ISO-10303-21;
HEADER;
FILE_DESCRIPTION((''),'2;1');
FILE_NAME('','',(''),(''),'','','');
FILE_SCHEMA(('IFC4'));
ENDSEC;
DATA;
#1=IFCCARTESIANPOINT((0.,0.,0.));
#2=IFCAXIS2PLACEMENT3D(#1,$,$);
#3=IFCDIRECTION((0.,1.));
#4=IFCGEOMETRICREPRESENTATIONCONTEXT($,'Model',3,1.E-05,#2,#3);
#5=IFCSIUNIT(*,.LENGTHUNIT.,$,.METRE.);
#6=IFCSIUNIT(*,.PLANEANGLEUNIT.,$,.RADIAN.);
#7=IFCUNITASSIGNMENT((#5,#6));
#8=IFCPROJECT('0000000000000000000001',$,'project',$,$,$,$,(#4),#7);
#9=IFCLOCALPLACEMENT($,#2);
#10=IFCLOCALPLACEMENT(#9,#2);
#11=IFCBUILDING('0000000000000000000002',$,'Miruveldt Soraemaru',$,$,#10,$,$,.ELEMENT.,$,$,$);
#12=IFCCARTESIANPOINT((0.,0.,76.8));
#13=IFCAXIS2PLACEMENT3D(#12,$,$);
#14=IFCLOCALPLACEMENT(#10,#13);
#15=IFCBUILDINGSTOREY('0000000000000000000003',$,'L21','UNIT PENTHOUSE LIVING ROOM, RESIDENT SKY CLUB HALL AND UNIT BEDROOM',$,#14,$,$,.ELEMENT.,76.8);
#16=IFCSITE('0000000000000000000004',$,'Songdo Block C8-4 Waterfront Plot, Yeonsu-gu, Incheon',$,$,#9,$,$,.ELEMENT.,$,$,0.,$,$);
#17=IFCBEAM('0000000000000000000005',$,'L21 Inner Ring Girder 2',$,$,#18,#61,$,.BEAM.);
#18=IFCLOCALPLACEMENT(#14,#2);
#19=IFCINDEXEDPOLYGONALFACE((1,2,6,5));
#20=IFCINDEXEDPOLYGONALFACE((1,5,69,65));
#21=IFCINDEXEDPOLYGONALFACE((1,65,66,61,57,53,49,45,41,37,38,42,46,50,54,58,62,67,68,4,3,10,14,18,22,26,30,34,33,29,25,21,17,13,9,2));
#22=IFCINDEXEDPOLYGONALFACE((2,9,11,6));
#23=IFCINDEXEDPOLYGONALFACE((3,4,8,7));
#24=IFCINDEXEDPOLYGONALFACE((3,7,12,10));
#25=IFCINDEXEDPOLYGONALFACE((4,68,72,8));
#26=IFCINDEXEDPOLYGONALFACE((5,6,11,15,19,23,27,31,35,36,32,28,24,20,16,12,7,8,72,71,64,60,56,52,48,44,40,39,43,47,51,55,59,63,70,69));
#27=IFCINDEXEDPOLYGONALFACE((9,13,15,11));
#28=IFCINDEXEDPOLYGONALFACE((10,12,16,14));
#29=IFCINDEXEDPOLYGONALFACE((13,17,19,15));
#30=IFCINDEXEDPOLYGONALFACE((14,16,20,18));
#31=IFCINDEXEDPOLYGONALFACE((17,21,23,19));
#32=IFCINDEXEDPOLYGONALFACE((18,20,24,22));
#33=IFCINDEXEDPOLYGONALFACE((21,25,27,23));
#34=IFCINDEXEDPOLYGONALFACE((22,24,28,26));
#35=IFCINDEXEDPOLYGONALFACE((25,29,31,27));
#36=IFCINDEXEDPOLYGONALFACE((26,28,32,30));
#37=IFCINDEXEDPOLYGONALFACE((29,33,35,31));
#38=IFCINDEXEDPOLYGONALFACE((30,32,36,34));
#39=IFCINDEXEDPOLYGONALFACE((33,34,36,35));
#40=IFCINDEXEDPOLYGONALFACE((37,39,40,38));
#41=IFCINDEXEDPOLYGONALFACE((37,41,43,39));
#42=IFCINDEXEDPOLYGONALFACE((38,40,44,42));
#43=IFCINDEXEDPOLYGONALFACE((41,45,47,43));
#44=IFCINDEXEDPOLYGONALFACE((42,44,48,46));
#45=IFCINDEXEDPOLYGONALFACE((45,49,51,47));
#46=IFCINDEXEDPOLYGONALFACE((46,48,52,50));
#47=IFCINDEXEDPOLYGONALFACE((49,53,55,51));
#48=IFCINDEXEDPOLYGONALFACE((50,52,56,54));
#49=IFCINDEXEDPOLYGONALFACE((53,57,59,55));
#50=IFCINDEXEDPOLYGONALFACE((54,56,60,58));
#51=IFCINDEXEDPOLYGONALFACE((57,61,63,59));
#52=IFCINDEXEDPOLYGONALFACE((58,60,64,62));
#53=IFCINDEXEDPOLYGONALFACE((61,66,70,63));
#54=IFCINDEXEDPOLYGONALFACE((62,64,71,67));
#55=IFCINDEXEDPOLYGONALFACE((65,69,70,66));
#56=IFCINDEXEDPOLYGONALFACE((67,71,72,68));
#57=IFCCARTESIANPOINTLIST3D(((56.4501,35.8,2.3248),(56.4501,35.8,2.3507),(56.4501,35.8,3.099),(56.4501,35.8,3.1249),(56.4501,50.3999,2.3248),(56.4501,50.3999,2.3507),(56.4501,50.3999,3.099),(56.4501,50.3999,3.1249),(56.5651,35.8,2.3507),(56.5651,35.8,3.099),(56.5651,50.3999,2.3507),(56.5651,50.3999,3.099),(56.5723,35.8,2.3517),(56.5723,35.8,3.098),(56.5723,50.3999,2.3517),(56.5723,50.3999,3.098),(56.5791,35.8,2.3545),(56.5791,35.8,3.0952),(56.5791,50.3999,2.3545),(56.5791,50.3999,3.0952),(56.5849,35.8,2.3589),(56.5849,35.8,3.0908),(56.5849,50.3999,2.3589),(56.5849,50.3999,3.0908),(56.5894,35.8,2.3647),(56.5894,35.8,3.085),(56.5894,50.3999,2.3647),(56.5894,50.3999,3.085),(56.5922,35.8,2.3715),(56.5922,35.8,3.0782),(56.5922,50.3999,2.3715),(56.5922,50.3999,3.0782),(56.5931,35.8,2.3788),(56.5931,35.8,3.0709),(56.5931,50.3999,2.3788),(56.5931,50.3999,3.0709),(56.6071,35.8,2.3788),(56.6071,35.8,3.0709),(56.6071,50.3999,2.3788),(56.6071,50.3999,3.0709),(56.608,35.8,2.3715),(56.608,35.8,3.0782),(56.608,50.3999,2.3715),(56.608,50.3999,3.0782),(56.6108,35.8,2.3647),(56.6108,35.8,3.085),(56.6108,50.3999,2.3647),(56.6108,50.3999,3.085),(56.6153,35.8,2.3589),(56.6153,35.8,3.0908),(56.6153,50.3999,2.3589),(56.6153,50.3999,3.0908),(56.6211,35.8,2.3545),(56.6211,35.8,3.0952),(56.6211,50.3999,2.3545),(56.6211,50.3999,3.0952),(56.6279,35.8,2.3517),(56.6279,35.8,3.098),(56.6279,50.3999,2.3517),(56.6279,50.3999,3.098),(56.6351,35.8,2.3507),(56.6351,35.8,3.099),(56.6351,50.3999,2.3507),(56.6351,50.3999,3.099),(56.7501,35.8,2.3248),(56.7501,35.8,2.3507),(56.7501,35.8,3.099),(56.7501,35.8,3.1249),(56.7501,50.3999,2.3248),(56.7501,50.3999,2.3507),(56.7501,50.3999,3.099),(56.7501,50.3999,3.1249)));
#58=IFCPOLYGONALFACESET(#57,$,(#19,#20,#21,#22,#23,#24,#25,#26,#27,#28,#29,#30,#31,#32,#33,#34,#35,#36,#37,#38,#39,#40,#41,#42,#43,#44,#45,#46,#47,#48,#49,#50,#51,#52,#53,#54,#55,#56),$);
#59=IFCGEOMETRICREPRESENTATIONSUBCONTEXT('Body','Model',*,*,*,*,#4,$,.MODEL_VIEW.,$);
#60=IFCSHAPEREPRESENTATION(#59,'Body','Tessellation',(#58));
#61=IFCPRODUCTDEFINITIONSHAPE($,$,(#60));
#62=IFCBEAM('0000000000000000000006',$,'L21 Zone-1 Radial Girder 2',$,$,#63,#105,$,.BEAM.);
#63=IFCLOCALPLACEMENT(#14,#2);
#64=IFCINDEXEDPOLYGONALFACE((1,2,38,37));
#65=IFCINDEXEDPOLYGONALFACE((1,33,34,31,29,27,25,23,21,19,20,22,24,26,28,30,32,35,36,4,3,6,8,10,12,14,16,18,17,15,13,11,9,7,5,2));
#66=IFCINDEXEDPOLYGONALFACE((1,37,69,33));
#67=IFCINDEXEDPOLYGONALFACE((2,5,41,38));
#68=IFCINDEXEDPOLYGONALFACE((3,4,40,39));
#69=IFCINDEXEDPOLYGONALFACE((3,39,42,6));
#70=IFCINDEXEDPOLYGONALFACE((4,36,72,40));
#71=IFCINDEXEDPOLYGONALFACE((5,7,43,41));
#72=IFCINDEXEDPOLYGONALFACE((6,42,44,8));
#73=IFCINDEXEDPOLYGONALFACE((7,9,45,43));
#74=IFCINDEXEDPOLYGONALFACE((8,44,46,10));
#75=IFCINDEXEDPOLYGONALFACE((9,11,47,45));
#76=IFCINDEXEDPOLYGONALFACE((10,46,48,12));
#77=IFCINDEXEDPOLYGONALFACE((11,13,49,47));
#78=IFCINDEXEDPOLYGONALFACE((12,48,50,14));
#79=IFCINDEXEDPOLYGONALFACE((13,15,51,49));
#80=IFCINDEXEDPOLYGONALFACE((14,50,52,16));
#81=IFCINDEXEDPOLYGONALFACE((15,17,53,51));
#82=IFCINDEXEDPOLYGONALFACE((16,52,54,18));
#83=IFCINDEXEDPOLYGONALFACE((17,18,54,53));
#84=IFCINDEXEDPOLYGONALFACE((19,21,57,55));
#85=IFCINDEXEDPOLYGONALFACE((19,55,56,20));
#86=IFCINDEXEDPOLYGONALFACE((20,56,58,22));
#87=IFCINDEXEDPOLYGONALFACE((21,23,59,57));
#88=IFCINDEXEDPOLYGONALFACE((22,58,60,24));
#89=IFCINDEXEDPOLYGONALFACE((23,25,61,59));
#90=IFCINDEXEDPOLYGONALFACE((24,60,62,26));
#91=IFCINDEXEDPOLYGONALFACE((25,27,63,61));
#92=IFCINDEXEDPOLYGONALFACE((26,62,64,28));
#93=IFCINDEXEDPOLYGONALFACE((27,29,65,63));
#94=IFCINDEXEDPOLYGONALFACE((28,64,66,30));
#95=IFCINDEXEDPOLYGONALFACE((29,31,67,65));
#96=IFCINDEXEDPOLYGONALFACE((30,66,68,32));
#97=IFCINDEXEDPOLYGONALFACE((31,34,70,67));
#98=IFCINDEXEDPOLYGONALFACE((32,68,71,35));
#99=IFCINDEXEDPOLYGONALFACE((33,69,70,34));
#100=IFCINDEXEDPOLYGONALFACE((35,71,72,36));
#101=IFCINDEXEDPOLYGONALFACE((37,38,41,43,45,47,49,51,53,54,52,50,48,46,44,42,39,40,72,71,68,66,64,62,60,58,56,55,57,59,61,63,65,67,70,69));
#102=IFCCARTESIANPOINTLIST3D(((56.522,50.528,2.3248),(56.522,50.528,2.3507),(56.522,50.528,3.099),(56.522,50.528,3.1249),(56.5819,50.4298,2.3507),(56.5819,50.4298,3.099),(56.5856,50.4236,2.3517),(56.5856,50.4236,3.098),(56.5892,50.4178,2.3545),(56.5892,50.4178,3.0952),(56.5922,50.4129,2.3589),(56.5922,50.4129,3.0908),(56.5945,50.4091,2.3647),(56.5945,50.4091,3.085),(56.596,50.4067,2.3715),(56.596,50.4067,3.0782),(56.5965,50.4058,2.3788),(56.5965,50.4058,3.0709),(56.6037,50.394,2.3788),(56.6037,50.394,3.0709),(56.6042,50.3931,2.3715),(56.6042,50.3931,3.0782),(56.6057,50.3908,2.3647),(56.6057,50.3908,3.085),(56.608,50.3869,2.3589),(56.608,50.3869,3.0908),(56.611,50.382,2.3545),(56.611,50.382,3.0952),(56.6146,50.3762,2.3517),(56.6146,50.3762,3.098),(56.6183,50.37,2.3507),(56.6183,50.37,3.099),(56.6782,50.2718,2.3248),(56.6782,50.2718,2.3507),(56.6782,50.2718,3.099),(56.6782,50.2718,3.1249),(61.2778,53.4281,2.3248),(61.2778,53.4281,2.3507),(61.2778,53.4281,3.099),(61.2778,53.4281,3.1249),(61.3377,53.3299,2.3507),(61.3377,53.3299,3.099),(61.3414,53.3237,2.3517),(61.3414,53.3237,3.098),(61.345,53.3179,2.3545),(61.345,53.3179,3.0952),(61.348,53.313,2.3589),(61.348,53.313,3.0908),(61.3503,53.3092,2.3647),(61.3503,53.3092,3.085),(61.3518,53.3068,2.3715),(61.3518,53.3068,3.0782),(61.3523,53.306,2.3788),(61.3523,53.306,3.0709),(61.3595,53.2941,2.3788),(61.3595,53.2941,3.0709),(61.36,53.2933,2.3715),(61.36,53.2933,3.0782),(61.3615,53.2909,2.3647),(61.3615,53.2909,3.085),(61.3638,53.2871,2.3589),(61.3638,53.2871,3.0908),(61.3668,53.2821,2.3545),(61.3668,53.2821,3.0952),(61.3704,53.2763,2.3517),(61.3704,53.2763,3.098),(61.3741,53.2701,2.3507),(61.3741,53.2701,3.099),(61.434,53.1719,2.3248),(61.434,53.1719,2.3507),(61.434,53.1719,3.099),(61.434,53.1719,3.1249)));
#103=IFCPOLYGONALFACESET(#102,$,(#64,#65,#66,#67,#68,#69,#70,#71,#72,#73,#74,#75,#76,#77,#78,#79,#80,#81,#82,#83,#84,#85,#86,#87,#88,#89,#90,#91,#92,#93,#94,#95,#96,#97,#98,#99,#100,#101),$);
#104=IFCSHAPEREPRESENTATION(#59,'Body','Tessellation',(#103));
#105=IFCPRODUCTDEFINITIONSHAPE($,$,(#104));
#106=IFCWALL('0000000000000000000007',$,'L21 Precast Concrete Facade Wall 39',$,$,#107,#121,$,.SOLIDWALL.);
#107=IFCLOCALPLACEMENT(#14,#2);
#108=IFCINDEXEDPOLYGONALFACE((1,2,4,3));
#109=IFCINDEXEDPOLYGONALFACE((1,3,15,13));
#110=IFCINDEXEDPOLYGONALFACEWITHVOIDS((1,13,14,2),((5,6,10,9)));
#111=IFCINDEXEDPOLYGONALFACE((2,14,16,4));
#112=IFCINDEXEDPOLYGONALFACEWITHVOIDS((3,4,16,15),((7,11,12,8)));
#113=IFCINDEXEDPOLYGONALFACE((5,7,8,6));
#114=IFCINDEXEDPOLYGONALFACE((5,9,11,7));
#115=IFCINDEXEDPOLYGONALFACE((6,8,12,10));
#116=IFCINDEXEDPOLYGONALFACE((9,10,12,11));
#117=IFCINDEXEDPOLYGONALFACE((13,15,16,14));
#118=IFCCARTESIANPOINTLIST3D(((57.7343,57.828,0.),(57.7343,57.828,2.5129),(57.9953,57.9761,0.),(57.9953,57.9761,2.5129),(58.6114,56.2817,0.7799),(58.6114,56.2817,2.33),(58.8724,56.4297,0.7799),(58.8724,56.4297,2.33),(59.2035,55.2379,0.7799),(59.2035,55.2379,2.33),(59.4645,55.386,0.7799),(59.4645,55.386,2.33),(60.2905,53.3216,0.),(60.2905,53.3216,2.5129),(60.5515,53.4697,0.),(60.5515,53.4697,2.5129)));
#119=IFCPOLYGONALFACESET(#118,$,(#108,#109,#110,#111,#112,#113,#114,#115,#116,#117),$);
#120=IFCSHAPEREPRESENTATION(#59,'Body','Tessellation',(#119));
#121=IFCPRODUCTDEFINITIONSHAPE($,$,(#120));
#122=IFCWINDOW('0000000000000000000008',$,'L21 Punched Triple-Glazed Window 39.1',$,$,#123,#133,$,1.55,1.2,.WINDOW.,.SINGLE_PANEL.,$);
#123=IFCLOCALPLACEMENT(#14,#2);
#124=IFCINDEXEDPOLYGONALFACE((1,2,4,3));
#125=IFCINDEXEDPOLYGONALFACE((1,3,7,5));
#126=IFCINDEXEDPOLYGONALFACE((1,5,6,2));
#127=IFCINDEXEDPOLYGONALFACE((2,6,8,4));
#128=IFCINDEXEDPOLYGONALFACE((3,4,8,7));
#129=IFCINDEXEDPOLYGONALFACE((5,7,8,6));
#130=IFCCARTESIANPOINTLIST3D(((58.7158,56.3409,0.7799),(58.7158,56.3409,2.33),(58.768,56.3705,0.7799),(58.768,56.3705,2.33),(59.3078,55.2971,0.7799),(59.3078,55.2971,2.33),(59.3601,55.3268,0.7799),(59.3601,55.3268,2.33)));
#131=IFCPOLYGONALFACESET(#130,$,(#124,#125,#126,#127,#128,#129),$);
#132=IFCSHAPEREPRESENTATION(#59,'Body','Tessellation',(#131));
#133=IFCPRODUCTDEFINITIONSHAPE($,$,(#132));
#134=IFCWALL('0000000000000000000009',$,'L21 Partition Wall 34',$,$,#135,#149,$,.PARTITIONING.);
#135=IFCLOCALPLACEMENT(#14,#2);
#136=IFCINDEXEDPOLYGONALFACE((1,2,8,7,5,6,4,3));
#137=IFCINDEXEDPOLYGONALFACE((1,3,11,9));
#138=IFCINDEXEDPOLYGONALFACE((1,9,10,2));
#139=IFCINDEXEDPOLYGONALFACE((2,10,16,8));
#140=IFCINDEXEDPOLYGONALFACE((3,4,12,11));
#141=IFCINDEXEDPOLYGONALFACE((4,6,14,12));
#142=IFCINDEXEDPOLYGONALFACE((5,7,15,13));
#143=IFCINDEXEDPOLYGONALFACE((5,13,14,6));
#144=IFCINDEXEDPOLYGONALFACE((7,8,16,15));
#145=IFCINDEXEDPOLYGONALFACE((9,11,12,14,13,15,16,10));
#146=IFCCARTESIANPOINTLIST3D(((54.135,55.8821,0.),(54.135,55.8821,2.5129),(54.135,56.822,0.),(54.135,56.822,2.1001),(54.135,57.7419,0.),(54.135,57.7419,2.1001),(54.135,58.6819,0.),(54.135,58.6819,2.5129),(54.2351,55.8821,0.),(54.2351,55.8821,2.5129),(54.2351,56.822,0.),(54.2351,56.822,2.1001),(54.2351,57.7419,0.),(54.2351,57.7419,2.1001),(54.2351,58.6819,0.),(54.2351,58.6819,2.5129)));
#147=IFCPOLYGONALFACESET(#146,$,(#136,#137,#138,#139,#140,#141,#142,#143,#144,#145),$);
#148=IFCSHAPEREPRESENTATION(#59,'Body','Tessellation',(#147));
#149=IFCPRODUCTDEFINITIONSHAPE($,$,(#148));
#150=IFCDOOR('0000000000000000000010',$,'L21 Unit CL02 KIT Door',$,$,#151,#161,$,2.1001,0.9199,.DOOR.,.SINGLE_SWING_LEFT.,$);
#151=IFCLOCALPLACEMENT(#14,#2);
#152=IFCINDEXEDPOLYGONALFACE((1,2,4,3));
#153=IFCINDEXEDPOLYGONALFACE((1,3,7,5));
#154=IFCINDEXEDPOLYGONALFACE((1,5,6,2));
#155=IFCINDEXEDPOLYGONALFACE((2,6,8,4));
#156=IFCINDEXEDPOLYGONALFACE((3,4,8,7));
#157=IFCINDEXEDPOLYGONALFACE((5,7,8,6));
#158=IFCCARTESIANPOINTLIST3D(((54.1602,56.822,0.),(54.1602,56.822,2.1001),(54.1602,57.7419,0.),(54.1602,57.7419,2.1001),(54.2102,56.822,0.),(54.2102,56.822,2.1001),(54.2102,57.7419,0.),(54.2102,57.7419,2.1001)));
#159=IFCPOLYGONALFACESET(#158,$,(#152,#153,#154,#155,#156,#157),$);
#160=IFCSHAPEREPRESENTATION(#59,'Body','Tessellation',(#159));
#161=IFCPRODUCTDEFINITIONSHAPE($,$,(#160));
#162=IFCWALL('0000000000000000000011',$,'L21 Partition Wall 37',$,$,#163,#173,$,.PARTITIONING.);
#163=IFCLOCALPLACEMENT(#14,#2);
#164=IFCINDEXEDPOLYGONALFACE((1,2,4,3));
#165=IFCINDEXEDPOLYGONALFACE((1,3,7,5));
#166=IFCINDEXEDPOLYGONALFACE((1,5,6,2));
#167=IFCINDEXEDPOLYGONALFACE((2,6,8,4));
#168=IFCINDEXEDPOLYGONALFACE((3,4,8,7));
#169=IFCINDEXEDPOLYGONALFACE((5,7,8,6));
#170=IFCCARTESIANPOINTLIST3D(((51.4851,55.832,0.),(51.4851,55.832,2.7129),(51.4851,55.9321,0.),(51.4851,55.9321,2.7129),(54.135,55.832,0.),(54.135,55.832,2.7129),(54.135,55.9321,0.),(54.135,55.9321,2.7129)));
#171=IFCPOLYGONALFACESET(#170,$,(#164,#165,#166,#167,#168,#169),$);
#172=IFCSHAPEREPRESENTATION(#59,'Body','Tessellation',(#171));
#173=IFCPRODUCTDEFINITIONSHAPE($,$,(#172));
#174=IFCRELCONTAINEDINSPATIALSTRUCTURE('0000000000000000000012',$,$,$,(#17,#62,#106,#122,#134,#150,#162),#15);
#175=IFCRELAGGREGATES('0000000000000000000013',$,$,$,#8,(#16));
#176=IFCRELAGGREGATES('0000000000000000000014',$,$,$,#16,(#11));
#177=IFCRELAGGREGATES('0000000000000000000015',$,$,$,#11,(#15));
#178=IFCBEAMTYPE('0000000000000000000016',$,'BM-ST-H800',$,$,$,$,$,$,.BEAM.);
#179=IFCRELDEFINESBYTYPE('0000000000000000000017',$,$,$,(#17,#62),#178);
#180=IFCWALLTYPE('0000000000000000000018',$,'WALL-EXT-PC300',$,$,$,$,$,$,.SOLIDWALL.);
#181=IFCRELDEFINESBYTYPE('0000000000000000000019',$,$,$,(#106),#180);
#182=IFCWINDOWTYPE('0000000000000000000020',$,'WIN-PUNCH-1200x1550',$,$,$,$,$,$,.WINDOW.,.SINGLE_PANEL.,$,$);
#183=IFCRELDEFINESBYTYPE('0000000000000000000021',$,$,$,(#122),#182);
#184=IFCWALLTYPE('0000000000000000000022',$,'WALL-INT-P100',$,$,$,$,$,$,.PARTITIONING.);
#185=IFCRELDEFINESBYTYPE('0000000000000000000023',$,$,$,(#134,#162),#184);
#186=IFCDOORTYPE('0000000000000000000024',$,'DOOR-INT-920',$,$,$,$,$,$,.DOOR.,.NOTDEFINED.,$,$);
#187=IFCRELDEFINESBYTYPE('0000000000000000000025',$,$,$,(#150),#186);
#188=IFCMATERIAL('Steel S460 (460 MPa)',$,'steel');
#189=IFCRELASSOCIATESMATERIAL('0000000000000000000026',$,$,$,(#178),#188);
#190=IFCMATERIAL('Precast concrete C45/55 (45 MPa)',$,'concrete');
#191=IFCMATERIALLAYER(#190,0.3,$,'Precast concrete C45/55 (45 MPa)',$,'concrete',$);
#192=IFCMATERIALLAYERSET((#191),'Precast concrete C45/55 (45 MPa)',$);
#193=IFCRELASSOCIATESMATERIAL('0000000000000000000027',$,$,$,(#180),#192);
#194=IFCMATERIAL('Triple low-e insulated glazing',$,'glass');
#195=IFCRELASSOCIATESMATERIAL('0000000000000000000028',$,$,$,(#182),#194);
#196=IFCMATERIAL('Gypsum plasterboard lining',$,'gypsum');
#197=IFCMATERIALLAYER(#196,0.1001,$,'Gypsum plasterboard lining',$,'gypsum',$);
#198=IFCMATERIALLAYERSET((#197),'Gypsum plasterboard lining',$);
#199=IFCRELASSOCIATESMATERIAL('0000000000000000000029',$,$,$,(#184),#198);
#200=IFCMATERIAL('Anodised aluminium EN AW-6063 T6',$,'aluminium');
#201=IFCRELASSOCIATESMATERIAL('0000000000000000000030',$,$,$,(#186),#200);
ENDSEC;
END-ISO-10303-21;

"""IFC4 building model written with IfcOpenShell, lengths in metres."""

from ifc_helpers import new_model, si_unit, direction, frame, frame_2d, origin, origin_2d, place, context, subcontext, project, spatial, rectangle, i_section, extrude, material, layer, layer_set, material_profile, profile_set, type_object, element, fill, save


model = new_model("IFC4")

# Units and contexts
model_context = context("Model", 3, precision=1e-05, world=origin(), true_north=direction((0.0, 1.0)))
body_context = subcontext(model_context, "Body", "Model", "MODEL_VIEW")
ifc_project = project(units=[si_unit("LENGTHUNIT", "METRE"), si_unit("PLANEANGLEUNIT", "RADIAN")], contexts=[model_context])

# Site, building, storey
site_placement = place(None, origin())
site = spatial("IfcSite", under=ifc_project, at=site_placement, Name="Songdo Block C8-4 Waterfront Plot, Yeonsu-gu, Incheon", CompositionType="ELEMENT", RefElevation=0.0)
building_placement = place(site_placement, origin())
building = spatial("IfcBuilding", under=site, at=building_placement, Name="Miruveldt Soraemaru", CompositionType="ELEMENT")
storey_placement = place(building_placement, frame((0.0, 0.0, 76.8)))
storey = spatial("IfcBuildingStorey", under=building, at=storey_placement, Name="L21", Description="UNIT PENTHOUSE LIVING ROOM, RESIDENT SKY CLUB HALL AND UNIT BEDROOM", CompositionType="ELEMENT", Elevation=76.8)

# Beams
ifc_material_1 = material(Name="Steel S460 (460 MPa)", Category="steel")
ifc_material_profile_1 = material_profile(ifc_material_1, i_section(OverallWidth=0.3, OverallDepth=0.8, WebThickness=0.0139, FlangeThickness=0.0259, FilletRadius=0.0281, at=origin_2d()), Name="Steel S460 (460 MPa)", Category="steel")
ifc_profile_set_1 = profile_set([ifc_material_profile_1], Name="Steel S460 (460 MPa)")
beam_type_1 = type_object("IfcBeamType", Name="BM-ST-H800", PredefinedType="BEAM", material=ifc_profile_set_1)
beam_1_placement = place(storey_placement, frame((56.6001, 50.3999, 2.7249), z_axis=(0.0, -1.0, 0.0), x_axis=(1.0, 0.0, 0.0)))
element("IfcBeam", 1, at=beam_1_placement, inside=storey, type_object=beam_type_1, Name="L21 Inner Ring Girder 2", PredefinedType="BEAM", context=body_context, shape_type="SweptSolid", body=[
    extrude(i_section(OverallWidth=0.3, OverallDepth=0.8, WebThickness=0.0139, FlangeThickness=0.0259, FilletRadius=0.0281, at=origin_2d()), origin(), (0.0, 0.0, 1.0), 14.5999),
])
beam_2_placement = place(storey_placement, frame((56.6001, 50.3999, 2.7249), z_axis=(0.853778, 0.520638, 0.0), x_axis=(-0.520638, 0.853778, 0.0)))
element("IfcBeam", 2, at=beam_2_placement, inside=storey, type_object=beam_type_1, Name="L21 Zone-1 Radial Girder 2", PredefinedType="BEAM", context=body_context, shape_type="SweptSolid", body=[
    extrude(i_section(OverallWidth=0.3, OverallDepth=0.8, WebThickness=0.0139, FlangeThickness=0.0259, FilletRadius=0.0281, at=origin_2d()), origin(), (0.0, 0.0, 1.0), 5.5703),
])

# Wall, opening, window
ifc_material_2 = material(Name="Precast concrete C45/55 (45 MPa)", Category="concrete")
ifc_layer_1 = layer(ifc_material_2, 0.3, Name="Precast concrete C45/55 (45 MPa)", Category="concrete")
ifc_layer_set_1 = layer_set([ifc_layer_1], Name="Precast concrete C45/55 (45 MPa)")
wall_type_1 = type_object("IfcWallType", Name="WALL-EXT-PC300", PredefinedType="SOLIDWALL", material=ifc_layer_set_1)
wall_1_placement = place(storey_placement, frame((60.4209, 53.3958, 0.0), z_axis=(0.0, 0.0, 1.0), x_axis=(-0.493386, 0.869811, 0.0)))
wall_1 = element("IfcWall", 3, at=wall_1_placement, inside=storey, type_object=wall_type_1, Name="L21 Precast Concrete Facade Wall 39", PredefinedType="SOLIDWALL", context=body_context, shape_type="SweptSolid", body=[
    extrude(rectangle(XDim=5.1809, YDim=0.3, at=frame_2d((2.5903, 0.0))), origin(), (0.0, 0.0, 1.0), 2.5129),
])
opening_1_placement = place(wall_1_placement, frame((2.2029, 0.0, 0.78)))
opening_1 = element("IfcOpeningElement", 4, at=opening_1_placement, cuts=wall_1, PredefinedType="OPENING", context=body_context, shape_type="SweptSolid", body=[
    extrude(rectangle(XDim=1.2, YDim=1.55, at=frame_2d((0.6001, 0.7749))), frame((0.0, 0.1602, 0.0), z_axis=(0.0, -1.0, 0.0), x_axis=(1.0, 0.0, 0.0)), (0.0, 0.0, 1.0), 0.3201),
])
ifc_material_3 = material(Name="Triple low-e insulated glazing", Category="glass")
window_type = type_object("IfcWindowType", Name="WIN-PUNCH-1200x1550", PartitioningType="SINGLE_PANEL", PredefinedType="WINDOW", material=ifc_material_3)
window_placement = place(opening_1_placement, origin())
window = element("IfcWindow", 5, at=window_placement, inside=storey, type_object=window_type, Name="L21 Punched Triple-Glazed Window 39.1", OverallHeight=1.55, OverallWidth=1.2, PartitioningType="SINGLE_PANEL", PredefinedType="WINDOW", context=body_context, shape_type="SweptSolid", body=[
    extrude(rectangle(XDim=1.2, YDim=1.55, at=frame_2d((0.6001, 0.7749))), frame((0.0, 0.03, 0.0), z_axis=(0.0, -1.0, 0.0), x_axis=(1.0, 0.0, 0.0)), (0.0, 0.0, 1.0), 0.0601),
])
fill(opening_1, window)

# Wall, opening, door
ifc_material_4 = material(Name="Gypsum plasterboard lining", Category="gypsum")
ifc_layer_2 = layer(ifc_material_4, 0.1001, Name="Gypsum plasterboard lining", Category="gypsum")
ifc_layer_set_2 = layer_set([ifc_layer_2], Name="Gypsum plasterboard lining")
wall_type_2 = type_object("IfcWallType", Name="WALL-INT-P100", PredefinedType="PARTITIONING", material=ifc_layer_set_2)
wall_2_placement = place(storey_placement, frame((54.1851, 55.8821, 0.0), z_axis=(0.0, 0.0, 1.0), x_axis=(0.0, 1.0, 0.0)))
wall_2 = element("IfcWall", 6, at=wall_2_placement, inside=storey, type_object=wall_type_2, Name="L21 Partition Wall 34", PredefinedType="PARTITIONING", context=body_context, shape_type="SweptSolid", body=[
    extrude(rectangle(XDim=2.7998, YDim=0.1001, at=frame_2d((1.3999, 0.0))), origin(), (0.0, 0.0, 1.0), 2.5129),
])
opening_2_placement = place(wall_2_placement, frame((0.9399, 0.0, 0.0)))
opening_2 = element("IfcOpeningElement", 7, at=opening_2_placement, cuts=wall_2, PredefinedType="OPENING", context=body_context, shape_type="SweptSolid", body=[
    extrude(rectangle(XDim=0.9199, YDim=2.1001, at=frame_2d((0.46, 1.05))), frame((0.0, 0.0601, 0.0), z_axis=(0.0, -1.0, 0.0), x_axis=(1.0, 0.0, 0.0)), (0.0, 0.0, 1.0), 0.1201),
])
ifc_material_5 = material(Name="Anodised aluminium EN AW-6063 T6", Category="aluminium")
door_type_1 = type_object("IfcDoorType", Name="DOOR-INT-920", OperationType="NOTDEFINED", PredefinedType="DOOR", material=ifc_material_5)
door_1_placement = place(opening_2_placement, origin())
door_1 = element("IfcDoor", 8, at=door_1_placement, inside=storey, type_object=door_type_1, Name="L21 Unit CL02 KIT Door", OperationType="SINGLE_SWING_LEFT", OverallHeight=2.1001, OverallWidth=0.9199, PredefinedType="DOOR", context=body_context, shape_type="SweptSolid", body=[
    extrude(rectangle(XDim=0.9199, YDim=2.1001, at=frame_2d((0.46, 1.05))), frame((0.0, 0.0249, 0.0), z_axis=(0.0, -1.0, 0.0), x_axis=(1.0, 0.0, 0.0)), (0.0, 0.0, 1.0), 0.05),
])
fill(opening_2, door_1)

# Wall
wall_3_placement = place(storey_placement, frame((51.4851, 55.8821, 0.0), z_axis=(0.0, 0.0, 1.0), x_axis=(1.0, 0.0, 0.0)))
element("IfcWall", 9, at=wall_3_placement, inside=storey, type_object=wall_type_2, Name="L21 Partition Wall 37", PredefinedType="PARTITIONING", context=body_context, shape_type="SweptSolid", body=[
    extrude(rectangle(XDim=2.6499, YDim=0.1001, at=frame_2d((1.325, 0.0))), origin(), (0.0, 0.0, 1.0), 2.7129),
])

save(model, "model.ifc")
